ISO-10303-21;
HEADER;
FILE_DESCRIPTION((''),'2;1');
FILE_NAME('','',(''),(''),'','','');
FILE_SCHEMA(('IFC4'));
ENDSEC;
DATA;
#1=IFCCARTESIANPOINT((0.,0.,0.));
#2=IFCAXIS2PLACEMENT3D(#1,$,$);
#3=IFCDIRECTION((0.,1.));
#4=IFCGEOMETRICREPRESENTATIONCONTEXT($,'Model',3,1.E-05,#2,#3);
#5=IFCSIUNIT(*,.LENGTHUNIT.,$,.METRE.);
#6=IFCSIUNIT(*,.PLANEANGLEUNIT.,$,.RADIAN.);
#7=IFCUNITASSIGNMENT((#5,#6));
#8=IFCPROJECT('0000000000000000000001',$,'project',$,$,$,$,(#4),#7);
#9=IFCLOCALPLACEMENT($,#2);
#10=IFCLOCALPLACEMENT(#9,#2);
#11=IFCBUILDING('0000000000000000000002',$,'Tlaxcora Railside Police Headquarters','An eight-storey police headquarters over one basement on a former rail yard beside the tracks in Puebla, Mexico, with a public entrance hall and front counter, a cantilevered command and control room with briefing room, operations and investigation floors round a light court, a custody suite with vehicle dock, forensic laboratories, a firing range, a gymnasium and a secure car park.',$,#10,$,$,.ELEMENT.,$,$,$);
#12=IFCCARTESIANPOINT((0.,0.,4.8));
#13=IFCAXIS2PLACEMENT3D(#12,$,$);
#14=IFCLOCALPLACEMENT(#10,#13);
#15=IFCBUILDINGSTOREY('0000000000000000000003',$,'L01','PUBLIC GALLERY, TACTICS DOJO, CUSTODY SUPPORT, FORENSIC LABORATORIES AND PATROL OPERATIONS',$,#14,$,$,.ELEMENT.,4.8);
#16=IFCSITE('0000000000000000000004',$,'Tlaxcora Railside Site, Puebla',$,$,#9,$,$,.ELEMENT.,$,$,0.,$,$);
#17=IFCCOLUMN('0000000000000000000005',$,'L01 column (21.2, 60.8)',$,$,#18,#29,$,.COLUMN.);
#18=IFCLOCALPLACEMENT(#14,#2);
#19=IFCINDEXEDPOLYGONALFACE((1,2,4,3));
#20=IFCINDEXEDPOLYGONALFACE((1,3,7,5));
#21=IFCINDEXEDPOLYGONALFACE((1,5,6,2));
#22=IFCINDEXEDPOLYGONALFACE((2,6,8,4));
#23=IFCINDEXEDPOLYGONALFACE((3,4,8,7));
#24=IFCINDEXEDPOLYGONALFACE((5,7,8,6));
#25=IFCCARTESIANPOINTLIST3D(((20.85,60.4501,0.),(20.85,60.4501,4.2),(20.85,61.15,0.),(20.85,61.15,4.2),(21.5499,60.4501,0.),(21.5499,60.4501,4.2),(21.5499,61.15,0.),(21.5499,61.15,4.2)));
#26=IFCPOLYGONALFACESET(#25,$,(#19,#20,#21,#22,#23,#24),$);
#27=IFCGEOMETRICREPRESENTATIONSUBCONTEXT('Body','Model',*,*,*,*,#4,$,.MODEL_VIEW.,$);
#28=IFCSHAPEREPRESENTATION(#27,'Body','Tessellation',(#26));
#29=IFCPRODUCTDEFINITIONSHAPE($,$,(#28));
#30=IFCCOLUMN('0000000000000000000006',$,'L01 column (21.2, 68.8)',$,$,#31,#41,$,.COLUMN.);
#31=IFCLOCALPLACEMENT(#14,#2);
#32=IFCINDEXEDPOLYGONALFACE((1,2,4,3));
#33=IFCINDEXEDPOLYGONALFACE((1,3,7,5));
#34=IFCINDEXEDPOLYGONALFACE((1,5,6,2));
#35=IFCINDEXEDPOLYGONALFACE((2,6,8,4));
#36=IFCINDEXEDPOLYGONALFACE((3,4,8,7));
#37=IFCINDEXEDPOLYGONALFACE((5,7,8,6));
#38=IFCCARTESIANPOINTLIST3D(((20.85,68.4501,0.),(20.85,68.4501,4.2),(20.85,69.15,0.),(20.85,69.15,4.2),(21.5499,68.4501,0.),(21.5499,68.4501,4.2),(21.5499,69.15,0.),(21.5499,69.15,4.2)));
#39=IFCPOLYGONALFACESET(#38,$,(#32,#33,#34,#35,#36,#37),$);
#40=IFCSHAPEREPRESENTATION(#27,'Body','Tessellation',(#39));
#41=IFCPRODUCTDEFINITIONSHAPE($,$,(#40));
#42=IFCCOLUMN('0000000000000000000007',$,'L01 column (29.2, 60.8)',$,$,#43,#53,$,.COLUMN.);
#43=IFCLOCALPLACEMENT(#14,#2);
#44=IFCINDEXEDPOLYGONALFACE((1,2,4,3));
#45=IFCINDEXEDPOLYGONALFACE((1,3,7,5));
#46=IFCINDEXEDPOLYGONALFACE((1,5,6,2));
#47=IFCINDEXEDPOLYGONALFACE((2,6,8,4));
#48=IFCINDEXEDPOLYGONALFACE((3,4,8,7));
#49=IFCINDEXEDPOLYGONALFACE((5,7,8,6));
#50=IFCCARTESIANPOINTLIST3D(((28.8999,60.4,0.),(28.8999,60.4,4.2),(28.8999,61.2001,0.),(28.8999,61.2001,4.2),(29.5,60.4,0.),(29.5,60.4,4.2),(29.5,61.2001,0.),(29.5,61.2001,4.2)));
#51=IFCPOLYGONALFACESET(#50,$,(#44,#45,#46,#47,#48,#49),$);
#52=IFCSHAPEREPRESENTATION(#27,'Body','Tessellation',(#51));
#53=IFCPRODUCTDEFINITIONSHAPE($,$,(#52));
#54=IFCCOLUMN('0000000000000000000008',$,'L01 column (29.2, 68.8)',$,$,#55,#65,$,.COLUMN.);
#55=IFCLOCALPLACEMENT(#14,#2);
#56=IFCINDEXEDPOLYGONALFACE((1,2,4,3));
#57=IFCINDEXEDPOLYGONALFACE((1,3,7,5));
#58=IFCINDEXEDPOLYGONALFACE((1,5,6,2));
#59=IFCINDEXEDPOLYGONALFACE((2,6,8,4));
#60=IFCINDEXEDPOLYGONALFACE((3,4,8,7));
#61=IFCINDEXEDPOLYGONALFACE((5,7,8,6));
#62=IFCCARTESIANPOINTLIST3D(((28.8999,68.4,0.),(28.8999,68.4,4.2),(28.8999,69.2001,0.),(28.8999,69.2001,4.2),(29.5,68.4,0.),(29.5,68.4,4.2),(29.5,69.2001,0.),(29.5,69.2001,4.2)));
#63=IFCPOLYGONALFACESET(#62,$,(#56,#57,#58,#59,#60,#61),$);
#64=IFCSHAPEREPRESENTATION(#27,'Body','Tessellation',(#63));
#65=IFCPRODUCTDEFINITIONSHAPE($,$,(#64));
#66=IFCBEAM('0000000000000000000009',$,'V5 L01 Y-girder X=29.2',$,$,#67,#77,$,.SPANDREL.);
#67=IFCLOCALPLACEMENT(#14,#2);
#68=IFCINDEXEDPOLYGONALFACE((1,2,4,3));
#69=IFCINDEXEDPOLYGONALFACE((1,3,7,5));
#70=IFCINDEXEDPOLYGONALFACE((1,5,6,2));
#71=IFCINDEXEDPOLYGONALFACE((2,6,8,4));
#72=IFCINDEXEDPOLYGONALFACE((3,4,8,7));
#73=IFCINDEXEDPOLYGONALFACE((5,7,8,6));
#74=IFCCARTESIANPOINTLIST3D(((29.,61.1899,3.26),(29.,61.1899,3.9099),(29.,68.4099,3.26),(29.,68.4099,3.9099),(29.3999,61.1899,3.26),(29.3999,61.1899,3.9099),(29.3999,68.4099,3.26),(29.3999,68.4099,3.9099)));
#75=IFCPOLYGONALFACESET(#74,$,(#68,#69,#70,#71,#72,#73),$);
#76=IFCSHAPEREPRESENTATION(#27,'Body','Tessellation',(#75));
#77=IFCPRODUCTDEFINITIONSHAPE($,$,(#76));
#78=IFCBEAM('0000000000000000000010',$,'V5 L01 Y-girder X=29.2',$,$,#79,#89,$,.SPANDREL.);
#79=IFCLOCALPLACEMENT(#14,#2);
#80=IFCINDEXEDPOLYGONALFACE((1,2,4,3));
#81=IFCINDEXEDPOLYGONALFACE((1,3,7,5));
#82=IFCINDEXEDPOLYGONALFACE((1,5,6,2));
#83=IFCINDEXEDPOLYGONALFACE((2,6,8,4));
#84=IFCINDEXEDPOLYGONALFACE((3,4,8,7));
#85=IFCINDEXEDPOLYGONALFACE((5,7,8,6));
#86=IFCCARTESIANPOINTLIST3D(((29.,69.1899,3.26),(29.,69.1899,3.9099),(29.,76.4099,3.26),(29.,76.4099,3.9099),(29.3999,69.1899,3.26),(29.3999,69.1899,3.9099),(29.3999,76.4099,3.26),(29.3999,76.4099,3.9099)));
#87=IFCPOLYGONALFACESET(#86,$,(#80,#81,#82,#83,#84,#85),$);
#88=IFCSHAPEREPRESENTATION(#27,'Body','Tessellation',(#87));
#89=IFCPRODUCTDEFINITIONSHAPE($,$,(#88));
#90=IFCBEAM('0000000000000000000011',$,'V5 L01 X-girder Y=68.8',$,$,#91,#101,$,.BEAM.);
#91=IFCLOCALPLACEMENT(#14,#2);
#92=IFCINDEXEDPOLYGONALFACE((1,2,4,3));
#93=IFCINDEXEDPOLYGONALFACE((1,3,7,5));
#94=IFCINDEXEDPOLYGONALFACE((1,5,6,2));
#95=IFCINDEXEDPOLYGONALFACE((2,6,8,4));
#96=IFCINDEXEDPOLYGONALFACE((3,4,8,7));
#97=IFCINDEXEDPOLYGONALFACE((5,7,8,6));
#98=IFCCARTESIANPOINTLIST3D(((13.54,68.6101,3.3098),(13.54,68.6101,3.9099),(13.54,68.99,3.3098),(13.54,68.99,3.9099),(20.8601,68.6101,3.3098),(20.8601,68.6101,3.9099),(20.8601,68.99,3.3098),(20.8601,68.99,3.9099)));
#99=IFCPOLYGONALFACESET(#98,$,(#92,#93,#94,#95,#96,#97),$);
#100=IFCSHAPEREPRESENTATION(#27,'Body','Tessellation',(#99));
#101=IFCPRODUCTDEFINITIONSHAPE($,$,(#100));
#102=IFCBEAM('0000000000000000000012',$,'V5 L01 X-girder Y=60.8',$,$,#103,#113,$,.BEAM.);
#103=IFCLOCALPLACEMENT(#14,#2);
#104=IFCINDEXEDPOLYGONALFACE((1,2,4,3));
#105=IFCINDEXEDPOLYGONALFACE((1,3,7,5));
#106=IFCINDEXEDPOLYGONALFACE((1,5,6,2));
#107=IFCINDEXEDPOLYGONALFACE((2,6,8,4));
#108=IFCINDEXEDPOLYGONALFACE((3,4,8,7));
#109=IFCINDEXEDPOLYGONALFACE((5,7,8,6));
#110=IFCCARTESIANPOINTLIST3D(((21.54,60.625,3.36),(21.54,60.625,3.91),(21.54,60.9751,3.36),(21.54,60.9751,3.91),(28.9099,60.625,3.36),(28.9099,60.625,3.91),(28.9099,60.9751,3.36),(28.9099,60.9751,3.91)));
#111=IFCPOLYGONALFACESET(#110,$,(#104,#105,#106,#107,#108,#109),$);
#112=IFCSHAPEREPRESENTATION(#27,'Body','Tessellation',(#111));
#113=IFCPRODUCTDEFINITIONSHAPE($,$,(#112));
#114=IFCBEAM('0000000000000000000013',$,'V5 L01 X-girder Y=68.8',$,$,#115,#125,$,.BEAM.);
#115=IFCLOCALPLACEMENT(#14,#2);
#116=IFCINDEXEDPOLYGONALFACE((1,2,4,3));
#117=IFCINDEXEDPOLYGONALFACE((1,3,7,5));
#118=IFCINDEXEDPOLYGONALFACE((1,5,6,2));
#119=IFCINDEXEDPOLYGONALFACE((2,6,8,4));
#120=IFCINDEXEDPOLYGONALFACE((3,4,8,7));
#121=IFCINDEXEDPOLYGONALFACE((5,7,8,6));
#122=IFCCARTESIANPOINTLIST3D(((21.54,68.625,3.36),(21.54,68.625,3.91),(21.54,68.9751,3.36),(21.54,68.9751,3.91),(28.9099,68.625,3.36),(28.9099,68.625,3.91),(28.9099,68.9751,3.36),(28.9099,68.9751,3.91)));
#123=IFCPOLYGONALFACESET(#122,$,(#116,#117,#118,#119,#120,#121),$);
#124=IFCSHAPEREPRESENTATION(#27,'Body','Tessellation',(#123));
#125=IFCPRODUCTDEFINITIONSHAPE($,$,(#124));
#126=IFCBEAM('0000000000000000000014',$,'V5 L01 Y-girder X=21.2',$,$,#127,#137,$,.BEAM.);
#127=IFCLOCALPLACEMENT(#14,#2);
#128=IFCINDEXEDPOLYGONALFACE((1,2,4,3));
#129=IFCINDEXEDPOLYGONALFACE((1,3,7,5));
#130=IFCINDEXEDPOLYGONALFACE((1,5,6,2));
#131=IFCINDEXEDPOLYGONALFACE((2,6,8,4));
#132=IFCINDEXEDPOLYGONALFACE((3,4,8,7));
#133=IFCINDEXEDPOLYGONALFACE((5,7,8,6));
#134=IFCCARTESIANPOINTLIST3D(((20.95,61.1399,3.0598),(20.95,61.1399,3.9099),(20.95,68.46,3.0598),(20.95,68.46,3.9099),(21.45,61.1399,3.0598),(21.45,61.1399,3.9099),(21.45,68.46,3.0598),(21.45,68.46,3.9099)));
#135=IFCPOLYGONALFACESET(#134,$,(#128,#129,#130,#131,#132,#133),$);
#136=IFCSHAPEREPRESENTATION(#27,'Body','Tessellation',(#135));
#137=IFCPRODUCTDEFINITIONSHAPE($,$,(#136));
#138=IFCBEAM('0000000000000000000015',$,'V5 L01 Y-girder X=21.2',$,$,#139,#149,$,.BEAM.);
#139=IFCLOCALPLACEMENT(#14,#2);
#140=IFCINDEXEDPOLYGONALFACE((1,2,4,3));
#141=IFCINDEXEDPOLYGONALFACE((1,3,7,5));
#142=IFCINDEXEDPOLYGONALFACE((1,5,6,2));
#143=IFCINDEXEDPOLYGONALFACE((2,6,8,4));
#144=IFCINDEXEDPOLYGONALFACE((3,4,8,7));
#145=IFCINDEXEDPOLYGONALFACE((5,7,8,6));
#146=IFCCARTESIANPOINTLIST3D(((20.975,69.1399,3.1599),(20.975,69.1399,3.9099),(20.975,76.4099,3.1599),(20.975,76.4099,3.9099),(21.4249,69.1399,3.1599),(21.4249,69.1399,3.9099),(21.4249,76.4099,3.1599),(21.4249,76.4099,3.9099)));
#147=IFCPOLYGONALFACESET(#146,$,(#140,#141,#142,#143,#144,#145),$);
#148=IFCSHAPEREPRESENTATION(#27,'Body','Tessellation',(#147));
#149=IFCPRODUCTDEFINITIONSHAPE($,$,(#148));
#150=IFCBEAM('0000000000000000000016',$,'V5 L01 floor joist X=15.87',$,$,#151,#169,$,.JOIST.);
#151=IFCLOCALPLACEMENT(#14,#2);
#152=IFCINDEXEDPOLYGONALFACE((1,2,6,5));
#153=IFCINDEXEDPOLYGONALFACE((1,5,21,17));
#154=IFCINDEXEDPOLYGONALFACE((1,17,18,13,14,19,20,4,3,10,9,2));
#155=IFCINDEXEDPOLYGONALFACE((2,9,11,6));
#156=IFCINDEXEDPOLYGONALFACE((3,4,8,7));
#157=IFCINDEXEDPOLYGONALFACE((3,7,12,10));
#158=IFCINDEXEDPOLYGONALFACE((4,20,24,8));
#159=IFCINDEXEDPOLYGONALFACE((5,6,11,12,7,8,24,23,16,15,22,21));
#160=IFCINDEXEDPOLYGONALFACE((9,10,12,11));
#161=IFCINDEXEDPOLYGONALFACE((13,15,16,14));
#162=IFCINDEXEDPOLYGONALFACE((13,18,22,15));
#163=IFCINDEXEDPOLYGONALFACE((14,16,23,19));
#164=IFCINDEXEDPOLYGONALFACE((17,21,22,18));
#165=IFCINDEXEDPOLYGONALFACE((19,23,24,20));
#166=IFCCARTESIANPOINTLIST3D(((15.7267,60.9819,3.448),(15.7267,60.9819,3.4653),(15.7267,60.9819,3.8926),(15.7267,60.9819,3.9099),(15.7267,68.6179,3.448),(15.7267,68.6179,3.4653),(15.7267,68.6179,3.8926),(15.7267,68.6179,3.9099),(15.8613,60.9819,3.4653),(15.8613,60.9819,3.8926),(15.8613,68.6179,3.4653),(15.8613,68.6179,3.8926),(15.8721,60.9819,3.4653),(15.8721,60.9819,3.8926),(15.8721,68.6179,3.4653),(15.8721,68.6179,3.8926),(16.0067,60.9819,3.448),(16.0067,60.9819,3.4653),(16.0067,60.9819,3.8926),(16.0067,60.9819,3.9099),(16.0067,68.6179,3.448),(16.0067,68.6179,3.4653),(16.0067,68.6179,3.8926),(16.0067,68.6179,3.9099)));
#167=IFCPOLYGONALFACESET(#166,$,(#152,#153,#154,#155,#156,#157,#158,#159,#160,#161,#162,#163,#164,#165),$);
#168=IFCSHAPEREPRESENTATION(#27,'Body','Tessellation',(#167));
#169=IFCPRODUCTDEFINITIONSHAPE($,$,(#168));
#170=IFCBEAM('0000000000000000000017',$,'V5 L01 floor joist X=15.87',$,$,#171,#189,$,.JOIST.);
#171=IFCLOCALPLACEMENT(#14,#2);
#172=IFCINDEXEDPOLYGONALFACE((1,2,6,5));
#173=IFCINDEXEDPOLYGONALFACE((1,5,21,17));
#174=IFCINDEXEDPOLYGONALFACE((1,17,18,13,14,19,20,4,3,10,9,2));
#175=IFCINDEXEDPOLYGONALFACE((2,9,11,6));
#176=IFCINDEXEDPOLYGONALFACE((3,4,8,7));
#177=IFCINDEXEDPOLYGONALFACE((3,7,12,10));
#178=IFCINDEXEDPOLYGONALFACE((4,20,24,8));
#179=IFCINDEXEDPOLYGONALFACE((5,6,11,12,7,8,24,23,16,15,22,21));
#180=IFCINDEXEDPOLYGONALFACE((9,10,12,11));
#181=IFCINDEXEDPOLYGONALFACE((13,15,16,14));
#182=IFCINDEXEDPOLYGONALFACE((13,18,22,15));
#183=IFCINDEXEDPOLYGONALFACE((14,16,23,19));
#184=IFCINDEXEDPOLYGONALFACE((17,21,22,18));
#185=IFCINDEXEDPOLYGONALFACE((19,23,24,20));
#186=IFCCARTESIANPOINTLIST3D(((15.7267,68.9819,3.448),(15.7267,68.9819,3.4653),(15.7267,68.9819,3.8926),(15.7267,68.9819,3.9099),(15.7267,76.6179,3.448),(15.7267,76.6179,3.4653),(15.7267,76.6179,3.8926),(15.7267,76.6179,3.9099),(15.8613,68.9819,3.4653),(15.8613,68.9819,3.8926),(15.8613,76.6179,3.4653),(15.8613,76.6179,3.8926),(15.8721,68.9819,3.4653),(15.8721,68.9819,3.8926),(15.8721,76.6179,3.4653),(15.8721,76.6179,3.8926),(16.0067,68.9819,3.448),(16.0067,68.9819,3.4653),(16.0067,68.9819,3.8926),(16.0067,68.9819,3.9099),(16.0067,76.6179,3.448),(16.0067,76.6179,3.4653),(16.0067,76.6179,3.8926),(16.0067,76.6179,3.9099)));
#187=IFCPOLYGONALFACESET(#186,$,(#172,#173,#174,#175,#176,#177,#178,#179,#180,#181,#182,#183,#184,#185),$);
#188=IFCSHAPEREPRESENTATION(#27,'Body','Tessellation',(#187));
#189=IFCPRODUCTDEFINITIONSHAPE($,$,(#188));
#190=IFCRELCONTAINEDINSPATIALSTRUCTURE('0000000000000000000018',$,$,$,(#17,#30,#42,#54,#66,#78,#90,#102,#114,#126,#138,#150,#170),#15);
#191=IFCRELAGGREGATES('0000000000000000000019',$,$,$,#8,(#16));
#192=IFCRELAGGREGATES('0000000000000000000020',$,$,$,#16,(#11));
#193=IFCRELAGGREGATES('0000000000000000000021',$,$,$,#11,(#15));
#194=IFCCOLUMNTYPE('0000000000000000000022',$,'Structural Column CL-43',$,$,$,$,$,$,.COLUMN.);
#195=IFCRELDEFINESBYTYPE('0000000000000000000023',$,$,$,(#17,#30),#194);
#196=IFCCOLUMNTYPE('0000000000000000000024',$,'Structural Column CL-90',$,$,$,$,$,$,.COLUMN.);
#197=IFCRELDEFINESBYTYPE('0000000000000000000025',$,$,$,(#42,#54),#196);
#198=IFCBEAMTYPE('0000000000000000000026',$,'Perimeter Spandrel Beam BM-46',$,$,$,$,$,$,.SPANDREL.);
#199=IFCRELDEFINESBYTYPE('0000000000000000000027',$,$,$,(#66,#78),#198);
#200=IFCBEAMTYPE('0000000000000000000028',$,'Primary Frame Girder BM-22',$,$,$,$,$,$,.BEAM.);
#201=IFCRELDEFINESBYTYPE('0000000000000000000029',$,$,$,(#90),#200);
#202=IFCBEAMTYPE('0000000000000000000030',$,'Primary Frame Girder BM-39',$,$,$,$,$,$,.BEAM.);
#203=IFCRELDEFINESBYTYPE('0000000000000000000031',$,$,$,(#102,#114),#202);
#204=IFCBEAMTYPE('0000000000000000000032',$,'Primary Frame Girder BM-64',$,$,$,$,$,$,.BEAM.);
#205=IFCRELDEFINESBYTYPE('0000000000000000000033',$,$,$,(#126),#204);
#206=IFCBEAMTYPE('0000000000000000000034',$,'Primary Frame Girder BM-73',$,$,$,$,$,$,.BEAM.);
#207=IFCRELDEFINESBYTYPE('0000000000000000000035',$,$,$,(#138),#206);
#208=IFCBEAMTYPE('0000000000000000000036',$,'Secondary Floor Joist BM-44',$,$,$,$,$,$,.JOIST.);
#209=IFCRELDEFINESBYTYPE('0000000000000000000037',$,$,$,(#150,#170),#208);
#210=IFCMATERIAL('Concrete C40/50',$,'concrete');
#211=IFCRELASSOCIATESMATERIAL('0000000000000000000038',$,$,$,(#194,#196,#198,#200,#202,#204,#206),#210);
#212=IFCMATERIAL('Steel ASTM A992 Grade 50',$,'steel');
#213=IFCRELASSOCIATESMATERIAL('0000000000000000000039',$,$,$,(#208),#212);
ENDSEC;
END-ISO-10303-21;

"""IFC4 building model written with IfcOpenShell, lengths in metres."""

from ifc_helpers import new_model, si_unit, direction, frame, origin, origin_2d, place, context, subcontext, project, spatial, rectangle, i_section, extrude, material, material_profile, profile_set, type_object, element, save


model = new_model("IFC4")

# Units and contexts
model_context = context("Model", 3, precision=1e-05, world=origin(), true_north=direction((0.0, 1.0)))
body_context = subcontext(model_context, "Body", "Model", "MODEL_VIEW")
ifc_project = project(units=[si_unit("LENGTHUNIT", "METRE"), si_unit("PLANEANGLEUNIT", "RADIAN")], contexts=[model_context])

# Site, building, storey
site_placement = place(None, origin())
site = spatial("IfcSite", under=ifc_project, at=site_placement, Name="Tlaxcora Railside Site, Puebla", CompositionType="ELEMENT", RefElevation=0.0)
building_placement = place(site_placement, origin())
building = spatial("IfcBuilding", under=site, at=building_placement, Name="Tlaxcora Railside Police Headquarters", Description="An eight-storey police headquarters over one basement on a former rail yard beside the tracks in Puebla, Mexico, with a public entrance hall and front counter, a cantilevered command and control room with briefing room, operations and investigation floors round a light court, a custody suite with vehicle dock, forensic laboratories, a firing range, a gymnasium and a secure car park.", CompositionType="ELEMENT")
storey_placement = place(building_placement, frame((0.0, 0.0, 4.8)))
storey = spatial("IfcBuildingStorey", under=building, at=storey_placement, Name="L01", Description="PUBLIC GALLERY, TACTICS DOJO, CUSTODY SUPPORT, FORENSIC LABORATORIES AND PATROL OPERATIONS", CompositionType="ELEMENT", Elevation=4.8)

# Columns
ifc_material_1 = material(Name="Concrete C40/50", Category="concrete")
ifc_material_profile_1 = material_profile(ifc_material_1, rectangle(XDim=0.7, YDim=0.7, at=origin_2d()), Name="RC700X700")
ifc_profile_set_1 = profile_set([ifc_material_profile_1], Name="Concrete C40/50")
column_type_1 = type_object("IfcColumnType", Name="Structural Column CL-43", PredefinedType="COLUMN", material=ifc_profile_set_1)
for number, where, z_axis, x_axis, name in (
    (1, (21.2, 60.8, 0.0), (0.0, 0.0, 1.0), (1.0, 0.0, 0.0), "L01 column (21.2, 60.8)"),
    (2, (21.2, 68.8, 0.0), (0.0, 0.0, 1.0), (1.0, 0.0, 0.0), "L01 column (21.2, 68.8)"),
):
    element("IfcColumn", number, at=place(storey_placement, frame(where, z_axis=z_axis, x_axis=x_axis)), inside=storey, type_object=column_type_1, Name=name, PredefinedType="COLUMN", context=body_context, shape_type="SweptSolid", body=[
        extrude(rectangle(XDim=0.7, YDim=0.7, at=origin_2d()), origin(), (0.0, 0.0, 1.0), 4.2),
    ])
ifc_material_profile_2 = material_profile(ifc_material_1, rectangle(XDim=0.6001, YDim=0.8, at=origin_2d()), Name="RC600X800")
ifc_profile_set_2 = profile_set([ifc_material_profile_2], Name="Concrete C40/50")
column_type_2 = type_object("IfcColumnType", Name="Structural Column CL-90", PredefinedType="COLUMN", material=ifc_profile_set_2)
for number, where, z_axis, x_axis, name in (
    (3, (29.2, 60.8, 0.0), (0.0, 0.0, 1.0), (1.0, 0.0, 0.0), "L01 column (29.2, 60.8)"),
    (4, (29.2, 68.8, 0.0), (0.0, 0.0, 1.0), (1.0, 0.0, 0.0), "L01 column (29.2, 68.8)"),
):
    element("IfcColumn", number, at=place(storey_placement, frame(where, z_axis=z_axis, x_axis=x_axis)), inside=storey, type_object=column_type_2, Name=name, PredefinedType="COLUMN", context=body_context, shape_type="SweptSolid", body=[
        extrude(rectangle(XDim=0.6001, YDim=0.8, at=origin_2d()), origin(), (0.0, 0.0, 1.0), 4.2),
    ])

# Beams
ifc_material_profile_3 = material_profile(ifc_material_1, rectangle(XDim=0.3999, YDim=0.6499, at=origin_2d()), Name="RC400X650")
ifc_profile_set_3 = profile_set([ifc_material_profile_3], Name="Concrete C40/50")
beam_type_1 = type_object("IfcBeamType", Name="Perimeter Spandrel Beam BM-46", PredefinedType="SPANDREL", material=ifc_profile_set_3)
for number, where, z_axis, x_axis, name in (
    (5, (29.2, 61.1899, 3.585), (0.0, 1.0, 0.0), (-1.0, 0.0, 0.0), "V5 L01 Y-girder X=29.2"),
    (6, (29.2, 69.1899, 3.585), (0.0, 1.0, 0.0), (-1.0, 0.0, 0.0), "V5 L01 Y-girder X=29.2"),
):
    element("IfcBeam", number, at=place(storey_placement, frame(where, z_axis=z_axis, x_axis=x_axis)), inside=storey, type_object=beam_type_1, Name=name, PredefinedType="SPANDREL", context=body_context, shape_type="SweptSolid", body=[
        extrude(rectangle(XDim=0.3999, YDim=0.6499, at=origin_2d()), origin(), (0.0, 0.0, 1.0), 7.22),
    ])
ifc_material_profile_4 = material_profile(ifc_material_1, rectangle(XDim=0.3799, YDim=0.6001, at=origin_2d()), Name="RC380X600")
ifc_profile_set_4 = profile_set([ifc_material_profile_4], Name="Concrete C40/50")
beam_type_2 = type_object("IfcBeamType", Name="Primary Frame Girder BM-22", PredefinedType="BEAM", material=ifc_profile_set_4)
beam_1_placement = place(storey_placement, frame((13.54, 68.8, 3.6099), z_axis=(1.0, 0.0, 0.0), x_axis=(0.0, 1.0, 0.0)))
element("IfcBeam", 7, at=beam_1_placement, inside=storey, type_object=beam_type_2, Name="V5 L01 X-girder Y=68.8", PredefinedType="BEAM", context=body_context, shape_type="SweptSolid", body=[
    extrude(rectangle(XDim=0.3799, YDim=0.6001, at=origin_2d()), origin(), (0.0, 0.0, 1.0), 7.3201),
])
ifc_material_profile_5 = material_profile(ifc_material_1, rectangle(XDim=0.3501, YDim=0.55, at=origin_2d()), Name="RC350X550")
ifc_profile_set_5 = profile_set([ifc_material_profile_5], Name="Concrete C40/50")
beam_type_3 = type_object("IfcBeamType", Name="Primary Frame Girder BM-39", PredefinedType="BEAM", material=ifc_profile_set_5)
for number, where, z_axis, x_axis, name in (
    (8, (21.54, 60.8, 3.635), (1.0, 0.0, 0.0), (0.0, 1.0, 0.0), "V5 L01 X-girder Y=60.8"),
    (9, (21.54, 68.8, 3.635), (1.0, 0.0, 0.0), (0.0, 1.0, 0.0), "V5 L01 X-girder Y=68.8"),
):
    element("IfcBeam", number, at=place(storey_placement, frame(where, z_axis=z_axis, x_axis=x_axis)), inside=storey, type_object=beam_type_3, Name=name, PredefinedType="BEAM", context=body_context, shape_type="SweptSolid", body=[
        extrude(rectangle(XDim=0.3501, YDim=0.55, at=origin_2d()), origin(), (0.0, 0.0, 1.0), 7.3699),
    ])
ifc_material_profile_6 = material_profile(ifc_material_1, rectangle(XDim=0.5, YDim=0.8501, at=origin_2d()), Name="RC500X850")
ifc_profile_set_6 = profile_set([ifc_material_profile_6], Name="Concrete C40/50")
beam_type_4 = type_object("IfcBeamType", Name="Primary Frame Girder BM-64", PredefinedType="BEAM", material=ifc_profile_set_6)
beam_2_placement = place(storey_placement, frame((21.2, 61.1399, 3.4849), z_axis=(0.0, 1.0, 0.0), x_axis=(-1.0, 0.0, 0.0)))
element("IfcBeam", 10, at=beam_2_placement, inside=storey, type_object=beam_type_4, Name="V5 L01 Y-girder X=21.2", PredefinedType="BEAM", context=body_context, shape_type="SweptSolid", body=[
    extrude(rectangle(XDim=0.5, YDim=0.8501, at=origin_2d()), origin(), (0.0, 0.0, 1.0), 7.3201),
])
ifc_material_profile_7 = material_profile(ifc_material_1, rectangle(XDim=0.45, YDim=0.75, at=origin_2d()), Name="RC450X750")
ifc_profile_set_7 = profile_set([ifc_material_profile_7], Name="Concrete C40/50")
beam_type_5 = type_object("IfcBeamType", Name="Primary Frame Girder BM-73", PredefinedType="BEAM", material=ifc_profile_set_7)
beam_3_placement = place(storey_placement, frame((21.2, 69.1399, 3.5349), z_axis=(0.0, 1.0, 0.0), x_axis=(-1.0, 0.0, 0.0)))
element("IfcBeam", 11, at=beam_3_placement, inside=storey, type_object=beam_type_5, Name="V5 L01 Y-girder X=21.2", PredefinedType="BEAM", context=body_context, shape_type="SweptSolid", body=[
    extrude(rectangle(XDim=0.45, YDim=0.75, at=origin_2d()), origin(), (0.0, 0.0, 1.0), 7.27),
])
ifc_material_2 = material(Name="Steel ASTM A992 Grade 50", Category="steel")
ifc_material_profile_8 = material_profile(ifc_material_2, i_section(OverallWidth=0.28, OverallDepth=0.4619, WebThickness=0.0107, FlangeThickness=0.0173, at=origin_2d()), Name="W18X76")
ifc_profile_set_8 = profile_set([ifc_material_profile_8], Name="Steel ASTM A992 Grade 50")
beam_type_6 = type_object("IfcBeamType", Name="Secondary Floor Joist BM-44", PredefinedType="JOIST", material=ifc_profile_set_8)
for number, where, z_axis, x_axis, name in (
    (12, (15.8667, 60.9819, 3.679), (0.0, 1.0, 0.0), (-1.0, 0.0, 0.0), "V5 L01 floor joist X=15.87"),
    (13, (15.8667, 68.9819, 3.679), (0.0, 1.0, 0.0), (-1.0, 0.0, 0.0), "V5 L01 floor joist X=15.87"),
):
    element("IfcBeam", number, at=place(storey_placement, frame(where, z_axis=z_axis, x_axis=x_axis)), inside=storey, type_object=beam_type_6, Name=name, PredefinedType="JOIST", context=body_context, shape_type="SweptSolid", body=[
        extrude(i_section(OverallWidth=0.28, OverallDepth=0.4619, WebThickness=0.0107, FlangeThickness=0.0173, at=origin_2d()), origin(), (0.0, 0.0, 1.0), 7.636),
    ])

save(model, "model.ifc")
